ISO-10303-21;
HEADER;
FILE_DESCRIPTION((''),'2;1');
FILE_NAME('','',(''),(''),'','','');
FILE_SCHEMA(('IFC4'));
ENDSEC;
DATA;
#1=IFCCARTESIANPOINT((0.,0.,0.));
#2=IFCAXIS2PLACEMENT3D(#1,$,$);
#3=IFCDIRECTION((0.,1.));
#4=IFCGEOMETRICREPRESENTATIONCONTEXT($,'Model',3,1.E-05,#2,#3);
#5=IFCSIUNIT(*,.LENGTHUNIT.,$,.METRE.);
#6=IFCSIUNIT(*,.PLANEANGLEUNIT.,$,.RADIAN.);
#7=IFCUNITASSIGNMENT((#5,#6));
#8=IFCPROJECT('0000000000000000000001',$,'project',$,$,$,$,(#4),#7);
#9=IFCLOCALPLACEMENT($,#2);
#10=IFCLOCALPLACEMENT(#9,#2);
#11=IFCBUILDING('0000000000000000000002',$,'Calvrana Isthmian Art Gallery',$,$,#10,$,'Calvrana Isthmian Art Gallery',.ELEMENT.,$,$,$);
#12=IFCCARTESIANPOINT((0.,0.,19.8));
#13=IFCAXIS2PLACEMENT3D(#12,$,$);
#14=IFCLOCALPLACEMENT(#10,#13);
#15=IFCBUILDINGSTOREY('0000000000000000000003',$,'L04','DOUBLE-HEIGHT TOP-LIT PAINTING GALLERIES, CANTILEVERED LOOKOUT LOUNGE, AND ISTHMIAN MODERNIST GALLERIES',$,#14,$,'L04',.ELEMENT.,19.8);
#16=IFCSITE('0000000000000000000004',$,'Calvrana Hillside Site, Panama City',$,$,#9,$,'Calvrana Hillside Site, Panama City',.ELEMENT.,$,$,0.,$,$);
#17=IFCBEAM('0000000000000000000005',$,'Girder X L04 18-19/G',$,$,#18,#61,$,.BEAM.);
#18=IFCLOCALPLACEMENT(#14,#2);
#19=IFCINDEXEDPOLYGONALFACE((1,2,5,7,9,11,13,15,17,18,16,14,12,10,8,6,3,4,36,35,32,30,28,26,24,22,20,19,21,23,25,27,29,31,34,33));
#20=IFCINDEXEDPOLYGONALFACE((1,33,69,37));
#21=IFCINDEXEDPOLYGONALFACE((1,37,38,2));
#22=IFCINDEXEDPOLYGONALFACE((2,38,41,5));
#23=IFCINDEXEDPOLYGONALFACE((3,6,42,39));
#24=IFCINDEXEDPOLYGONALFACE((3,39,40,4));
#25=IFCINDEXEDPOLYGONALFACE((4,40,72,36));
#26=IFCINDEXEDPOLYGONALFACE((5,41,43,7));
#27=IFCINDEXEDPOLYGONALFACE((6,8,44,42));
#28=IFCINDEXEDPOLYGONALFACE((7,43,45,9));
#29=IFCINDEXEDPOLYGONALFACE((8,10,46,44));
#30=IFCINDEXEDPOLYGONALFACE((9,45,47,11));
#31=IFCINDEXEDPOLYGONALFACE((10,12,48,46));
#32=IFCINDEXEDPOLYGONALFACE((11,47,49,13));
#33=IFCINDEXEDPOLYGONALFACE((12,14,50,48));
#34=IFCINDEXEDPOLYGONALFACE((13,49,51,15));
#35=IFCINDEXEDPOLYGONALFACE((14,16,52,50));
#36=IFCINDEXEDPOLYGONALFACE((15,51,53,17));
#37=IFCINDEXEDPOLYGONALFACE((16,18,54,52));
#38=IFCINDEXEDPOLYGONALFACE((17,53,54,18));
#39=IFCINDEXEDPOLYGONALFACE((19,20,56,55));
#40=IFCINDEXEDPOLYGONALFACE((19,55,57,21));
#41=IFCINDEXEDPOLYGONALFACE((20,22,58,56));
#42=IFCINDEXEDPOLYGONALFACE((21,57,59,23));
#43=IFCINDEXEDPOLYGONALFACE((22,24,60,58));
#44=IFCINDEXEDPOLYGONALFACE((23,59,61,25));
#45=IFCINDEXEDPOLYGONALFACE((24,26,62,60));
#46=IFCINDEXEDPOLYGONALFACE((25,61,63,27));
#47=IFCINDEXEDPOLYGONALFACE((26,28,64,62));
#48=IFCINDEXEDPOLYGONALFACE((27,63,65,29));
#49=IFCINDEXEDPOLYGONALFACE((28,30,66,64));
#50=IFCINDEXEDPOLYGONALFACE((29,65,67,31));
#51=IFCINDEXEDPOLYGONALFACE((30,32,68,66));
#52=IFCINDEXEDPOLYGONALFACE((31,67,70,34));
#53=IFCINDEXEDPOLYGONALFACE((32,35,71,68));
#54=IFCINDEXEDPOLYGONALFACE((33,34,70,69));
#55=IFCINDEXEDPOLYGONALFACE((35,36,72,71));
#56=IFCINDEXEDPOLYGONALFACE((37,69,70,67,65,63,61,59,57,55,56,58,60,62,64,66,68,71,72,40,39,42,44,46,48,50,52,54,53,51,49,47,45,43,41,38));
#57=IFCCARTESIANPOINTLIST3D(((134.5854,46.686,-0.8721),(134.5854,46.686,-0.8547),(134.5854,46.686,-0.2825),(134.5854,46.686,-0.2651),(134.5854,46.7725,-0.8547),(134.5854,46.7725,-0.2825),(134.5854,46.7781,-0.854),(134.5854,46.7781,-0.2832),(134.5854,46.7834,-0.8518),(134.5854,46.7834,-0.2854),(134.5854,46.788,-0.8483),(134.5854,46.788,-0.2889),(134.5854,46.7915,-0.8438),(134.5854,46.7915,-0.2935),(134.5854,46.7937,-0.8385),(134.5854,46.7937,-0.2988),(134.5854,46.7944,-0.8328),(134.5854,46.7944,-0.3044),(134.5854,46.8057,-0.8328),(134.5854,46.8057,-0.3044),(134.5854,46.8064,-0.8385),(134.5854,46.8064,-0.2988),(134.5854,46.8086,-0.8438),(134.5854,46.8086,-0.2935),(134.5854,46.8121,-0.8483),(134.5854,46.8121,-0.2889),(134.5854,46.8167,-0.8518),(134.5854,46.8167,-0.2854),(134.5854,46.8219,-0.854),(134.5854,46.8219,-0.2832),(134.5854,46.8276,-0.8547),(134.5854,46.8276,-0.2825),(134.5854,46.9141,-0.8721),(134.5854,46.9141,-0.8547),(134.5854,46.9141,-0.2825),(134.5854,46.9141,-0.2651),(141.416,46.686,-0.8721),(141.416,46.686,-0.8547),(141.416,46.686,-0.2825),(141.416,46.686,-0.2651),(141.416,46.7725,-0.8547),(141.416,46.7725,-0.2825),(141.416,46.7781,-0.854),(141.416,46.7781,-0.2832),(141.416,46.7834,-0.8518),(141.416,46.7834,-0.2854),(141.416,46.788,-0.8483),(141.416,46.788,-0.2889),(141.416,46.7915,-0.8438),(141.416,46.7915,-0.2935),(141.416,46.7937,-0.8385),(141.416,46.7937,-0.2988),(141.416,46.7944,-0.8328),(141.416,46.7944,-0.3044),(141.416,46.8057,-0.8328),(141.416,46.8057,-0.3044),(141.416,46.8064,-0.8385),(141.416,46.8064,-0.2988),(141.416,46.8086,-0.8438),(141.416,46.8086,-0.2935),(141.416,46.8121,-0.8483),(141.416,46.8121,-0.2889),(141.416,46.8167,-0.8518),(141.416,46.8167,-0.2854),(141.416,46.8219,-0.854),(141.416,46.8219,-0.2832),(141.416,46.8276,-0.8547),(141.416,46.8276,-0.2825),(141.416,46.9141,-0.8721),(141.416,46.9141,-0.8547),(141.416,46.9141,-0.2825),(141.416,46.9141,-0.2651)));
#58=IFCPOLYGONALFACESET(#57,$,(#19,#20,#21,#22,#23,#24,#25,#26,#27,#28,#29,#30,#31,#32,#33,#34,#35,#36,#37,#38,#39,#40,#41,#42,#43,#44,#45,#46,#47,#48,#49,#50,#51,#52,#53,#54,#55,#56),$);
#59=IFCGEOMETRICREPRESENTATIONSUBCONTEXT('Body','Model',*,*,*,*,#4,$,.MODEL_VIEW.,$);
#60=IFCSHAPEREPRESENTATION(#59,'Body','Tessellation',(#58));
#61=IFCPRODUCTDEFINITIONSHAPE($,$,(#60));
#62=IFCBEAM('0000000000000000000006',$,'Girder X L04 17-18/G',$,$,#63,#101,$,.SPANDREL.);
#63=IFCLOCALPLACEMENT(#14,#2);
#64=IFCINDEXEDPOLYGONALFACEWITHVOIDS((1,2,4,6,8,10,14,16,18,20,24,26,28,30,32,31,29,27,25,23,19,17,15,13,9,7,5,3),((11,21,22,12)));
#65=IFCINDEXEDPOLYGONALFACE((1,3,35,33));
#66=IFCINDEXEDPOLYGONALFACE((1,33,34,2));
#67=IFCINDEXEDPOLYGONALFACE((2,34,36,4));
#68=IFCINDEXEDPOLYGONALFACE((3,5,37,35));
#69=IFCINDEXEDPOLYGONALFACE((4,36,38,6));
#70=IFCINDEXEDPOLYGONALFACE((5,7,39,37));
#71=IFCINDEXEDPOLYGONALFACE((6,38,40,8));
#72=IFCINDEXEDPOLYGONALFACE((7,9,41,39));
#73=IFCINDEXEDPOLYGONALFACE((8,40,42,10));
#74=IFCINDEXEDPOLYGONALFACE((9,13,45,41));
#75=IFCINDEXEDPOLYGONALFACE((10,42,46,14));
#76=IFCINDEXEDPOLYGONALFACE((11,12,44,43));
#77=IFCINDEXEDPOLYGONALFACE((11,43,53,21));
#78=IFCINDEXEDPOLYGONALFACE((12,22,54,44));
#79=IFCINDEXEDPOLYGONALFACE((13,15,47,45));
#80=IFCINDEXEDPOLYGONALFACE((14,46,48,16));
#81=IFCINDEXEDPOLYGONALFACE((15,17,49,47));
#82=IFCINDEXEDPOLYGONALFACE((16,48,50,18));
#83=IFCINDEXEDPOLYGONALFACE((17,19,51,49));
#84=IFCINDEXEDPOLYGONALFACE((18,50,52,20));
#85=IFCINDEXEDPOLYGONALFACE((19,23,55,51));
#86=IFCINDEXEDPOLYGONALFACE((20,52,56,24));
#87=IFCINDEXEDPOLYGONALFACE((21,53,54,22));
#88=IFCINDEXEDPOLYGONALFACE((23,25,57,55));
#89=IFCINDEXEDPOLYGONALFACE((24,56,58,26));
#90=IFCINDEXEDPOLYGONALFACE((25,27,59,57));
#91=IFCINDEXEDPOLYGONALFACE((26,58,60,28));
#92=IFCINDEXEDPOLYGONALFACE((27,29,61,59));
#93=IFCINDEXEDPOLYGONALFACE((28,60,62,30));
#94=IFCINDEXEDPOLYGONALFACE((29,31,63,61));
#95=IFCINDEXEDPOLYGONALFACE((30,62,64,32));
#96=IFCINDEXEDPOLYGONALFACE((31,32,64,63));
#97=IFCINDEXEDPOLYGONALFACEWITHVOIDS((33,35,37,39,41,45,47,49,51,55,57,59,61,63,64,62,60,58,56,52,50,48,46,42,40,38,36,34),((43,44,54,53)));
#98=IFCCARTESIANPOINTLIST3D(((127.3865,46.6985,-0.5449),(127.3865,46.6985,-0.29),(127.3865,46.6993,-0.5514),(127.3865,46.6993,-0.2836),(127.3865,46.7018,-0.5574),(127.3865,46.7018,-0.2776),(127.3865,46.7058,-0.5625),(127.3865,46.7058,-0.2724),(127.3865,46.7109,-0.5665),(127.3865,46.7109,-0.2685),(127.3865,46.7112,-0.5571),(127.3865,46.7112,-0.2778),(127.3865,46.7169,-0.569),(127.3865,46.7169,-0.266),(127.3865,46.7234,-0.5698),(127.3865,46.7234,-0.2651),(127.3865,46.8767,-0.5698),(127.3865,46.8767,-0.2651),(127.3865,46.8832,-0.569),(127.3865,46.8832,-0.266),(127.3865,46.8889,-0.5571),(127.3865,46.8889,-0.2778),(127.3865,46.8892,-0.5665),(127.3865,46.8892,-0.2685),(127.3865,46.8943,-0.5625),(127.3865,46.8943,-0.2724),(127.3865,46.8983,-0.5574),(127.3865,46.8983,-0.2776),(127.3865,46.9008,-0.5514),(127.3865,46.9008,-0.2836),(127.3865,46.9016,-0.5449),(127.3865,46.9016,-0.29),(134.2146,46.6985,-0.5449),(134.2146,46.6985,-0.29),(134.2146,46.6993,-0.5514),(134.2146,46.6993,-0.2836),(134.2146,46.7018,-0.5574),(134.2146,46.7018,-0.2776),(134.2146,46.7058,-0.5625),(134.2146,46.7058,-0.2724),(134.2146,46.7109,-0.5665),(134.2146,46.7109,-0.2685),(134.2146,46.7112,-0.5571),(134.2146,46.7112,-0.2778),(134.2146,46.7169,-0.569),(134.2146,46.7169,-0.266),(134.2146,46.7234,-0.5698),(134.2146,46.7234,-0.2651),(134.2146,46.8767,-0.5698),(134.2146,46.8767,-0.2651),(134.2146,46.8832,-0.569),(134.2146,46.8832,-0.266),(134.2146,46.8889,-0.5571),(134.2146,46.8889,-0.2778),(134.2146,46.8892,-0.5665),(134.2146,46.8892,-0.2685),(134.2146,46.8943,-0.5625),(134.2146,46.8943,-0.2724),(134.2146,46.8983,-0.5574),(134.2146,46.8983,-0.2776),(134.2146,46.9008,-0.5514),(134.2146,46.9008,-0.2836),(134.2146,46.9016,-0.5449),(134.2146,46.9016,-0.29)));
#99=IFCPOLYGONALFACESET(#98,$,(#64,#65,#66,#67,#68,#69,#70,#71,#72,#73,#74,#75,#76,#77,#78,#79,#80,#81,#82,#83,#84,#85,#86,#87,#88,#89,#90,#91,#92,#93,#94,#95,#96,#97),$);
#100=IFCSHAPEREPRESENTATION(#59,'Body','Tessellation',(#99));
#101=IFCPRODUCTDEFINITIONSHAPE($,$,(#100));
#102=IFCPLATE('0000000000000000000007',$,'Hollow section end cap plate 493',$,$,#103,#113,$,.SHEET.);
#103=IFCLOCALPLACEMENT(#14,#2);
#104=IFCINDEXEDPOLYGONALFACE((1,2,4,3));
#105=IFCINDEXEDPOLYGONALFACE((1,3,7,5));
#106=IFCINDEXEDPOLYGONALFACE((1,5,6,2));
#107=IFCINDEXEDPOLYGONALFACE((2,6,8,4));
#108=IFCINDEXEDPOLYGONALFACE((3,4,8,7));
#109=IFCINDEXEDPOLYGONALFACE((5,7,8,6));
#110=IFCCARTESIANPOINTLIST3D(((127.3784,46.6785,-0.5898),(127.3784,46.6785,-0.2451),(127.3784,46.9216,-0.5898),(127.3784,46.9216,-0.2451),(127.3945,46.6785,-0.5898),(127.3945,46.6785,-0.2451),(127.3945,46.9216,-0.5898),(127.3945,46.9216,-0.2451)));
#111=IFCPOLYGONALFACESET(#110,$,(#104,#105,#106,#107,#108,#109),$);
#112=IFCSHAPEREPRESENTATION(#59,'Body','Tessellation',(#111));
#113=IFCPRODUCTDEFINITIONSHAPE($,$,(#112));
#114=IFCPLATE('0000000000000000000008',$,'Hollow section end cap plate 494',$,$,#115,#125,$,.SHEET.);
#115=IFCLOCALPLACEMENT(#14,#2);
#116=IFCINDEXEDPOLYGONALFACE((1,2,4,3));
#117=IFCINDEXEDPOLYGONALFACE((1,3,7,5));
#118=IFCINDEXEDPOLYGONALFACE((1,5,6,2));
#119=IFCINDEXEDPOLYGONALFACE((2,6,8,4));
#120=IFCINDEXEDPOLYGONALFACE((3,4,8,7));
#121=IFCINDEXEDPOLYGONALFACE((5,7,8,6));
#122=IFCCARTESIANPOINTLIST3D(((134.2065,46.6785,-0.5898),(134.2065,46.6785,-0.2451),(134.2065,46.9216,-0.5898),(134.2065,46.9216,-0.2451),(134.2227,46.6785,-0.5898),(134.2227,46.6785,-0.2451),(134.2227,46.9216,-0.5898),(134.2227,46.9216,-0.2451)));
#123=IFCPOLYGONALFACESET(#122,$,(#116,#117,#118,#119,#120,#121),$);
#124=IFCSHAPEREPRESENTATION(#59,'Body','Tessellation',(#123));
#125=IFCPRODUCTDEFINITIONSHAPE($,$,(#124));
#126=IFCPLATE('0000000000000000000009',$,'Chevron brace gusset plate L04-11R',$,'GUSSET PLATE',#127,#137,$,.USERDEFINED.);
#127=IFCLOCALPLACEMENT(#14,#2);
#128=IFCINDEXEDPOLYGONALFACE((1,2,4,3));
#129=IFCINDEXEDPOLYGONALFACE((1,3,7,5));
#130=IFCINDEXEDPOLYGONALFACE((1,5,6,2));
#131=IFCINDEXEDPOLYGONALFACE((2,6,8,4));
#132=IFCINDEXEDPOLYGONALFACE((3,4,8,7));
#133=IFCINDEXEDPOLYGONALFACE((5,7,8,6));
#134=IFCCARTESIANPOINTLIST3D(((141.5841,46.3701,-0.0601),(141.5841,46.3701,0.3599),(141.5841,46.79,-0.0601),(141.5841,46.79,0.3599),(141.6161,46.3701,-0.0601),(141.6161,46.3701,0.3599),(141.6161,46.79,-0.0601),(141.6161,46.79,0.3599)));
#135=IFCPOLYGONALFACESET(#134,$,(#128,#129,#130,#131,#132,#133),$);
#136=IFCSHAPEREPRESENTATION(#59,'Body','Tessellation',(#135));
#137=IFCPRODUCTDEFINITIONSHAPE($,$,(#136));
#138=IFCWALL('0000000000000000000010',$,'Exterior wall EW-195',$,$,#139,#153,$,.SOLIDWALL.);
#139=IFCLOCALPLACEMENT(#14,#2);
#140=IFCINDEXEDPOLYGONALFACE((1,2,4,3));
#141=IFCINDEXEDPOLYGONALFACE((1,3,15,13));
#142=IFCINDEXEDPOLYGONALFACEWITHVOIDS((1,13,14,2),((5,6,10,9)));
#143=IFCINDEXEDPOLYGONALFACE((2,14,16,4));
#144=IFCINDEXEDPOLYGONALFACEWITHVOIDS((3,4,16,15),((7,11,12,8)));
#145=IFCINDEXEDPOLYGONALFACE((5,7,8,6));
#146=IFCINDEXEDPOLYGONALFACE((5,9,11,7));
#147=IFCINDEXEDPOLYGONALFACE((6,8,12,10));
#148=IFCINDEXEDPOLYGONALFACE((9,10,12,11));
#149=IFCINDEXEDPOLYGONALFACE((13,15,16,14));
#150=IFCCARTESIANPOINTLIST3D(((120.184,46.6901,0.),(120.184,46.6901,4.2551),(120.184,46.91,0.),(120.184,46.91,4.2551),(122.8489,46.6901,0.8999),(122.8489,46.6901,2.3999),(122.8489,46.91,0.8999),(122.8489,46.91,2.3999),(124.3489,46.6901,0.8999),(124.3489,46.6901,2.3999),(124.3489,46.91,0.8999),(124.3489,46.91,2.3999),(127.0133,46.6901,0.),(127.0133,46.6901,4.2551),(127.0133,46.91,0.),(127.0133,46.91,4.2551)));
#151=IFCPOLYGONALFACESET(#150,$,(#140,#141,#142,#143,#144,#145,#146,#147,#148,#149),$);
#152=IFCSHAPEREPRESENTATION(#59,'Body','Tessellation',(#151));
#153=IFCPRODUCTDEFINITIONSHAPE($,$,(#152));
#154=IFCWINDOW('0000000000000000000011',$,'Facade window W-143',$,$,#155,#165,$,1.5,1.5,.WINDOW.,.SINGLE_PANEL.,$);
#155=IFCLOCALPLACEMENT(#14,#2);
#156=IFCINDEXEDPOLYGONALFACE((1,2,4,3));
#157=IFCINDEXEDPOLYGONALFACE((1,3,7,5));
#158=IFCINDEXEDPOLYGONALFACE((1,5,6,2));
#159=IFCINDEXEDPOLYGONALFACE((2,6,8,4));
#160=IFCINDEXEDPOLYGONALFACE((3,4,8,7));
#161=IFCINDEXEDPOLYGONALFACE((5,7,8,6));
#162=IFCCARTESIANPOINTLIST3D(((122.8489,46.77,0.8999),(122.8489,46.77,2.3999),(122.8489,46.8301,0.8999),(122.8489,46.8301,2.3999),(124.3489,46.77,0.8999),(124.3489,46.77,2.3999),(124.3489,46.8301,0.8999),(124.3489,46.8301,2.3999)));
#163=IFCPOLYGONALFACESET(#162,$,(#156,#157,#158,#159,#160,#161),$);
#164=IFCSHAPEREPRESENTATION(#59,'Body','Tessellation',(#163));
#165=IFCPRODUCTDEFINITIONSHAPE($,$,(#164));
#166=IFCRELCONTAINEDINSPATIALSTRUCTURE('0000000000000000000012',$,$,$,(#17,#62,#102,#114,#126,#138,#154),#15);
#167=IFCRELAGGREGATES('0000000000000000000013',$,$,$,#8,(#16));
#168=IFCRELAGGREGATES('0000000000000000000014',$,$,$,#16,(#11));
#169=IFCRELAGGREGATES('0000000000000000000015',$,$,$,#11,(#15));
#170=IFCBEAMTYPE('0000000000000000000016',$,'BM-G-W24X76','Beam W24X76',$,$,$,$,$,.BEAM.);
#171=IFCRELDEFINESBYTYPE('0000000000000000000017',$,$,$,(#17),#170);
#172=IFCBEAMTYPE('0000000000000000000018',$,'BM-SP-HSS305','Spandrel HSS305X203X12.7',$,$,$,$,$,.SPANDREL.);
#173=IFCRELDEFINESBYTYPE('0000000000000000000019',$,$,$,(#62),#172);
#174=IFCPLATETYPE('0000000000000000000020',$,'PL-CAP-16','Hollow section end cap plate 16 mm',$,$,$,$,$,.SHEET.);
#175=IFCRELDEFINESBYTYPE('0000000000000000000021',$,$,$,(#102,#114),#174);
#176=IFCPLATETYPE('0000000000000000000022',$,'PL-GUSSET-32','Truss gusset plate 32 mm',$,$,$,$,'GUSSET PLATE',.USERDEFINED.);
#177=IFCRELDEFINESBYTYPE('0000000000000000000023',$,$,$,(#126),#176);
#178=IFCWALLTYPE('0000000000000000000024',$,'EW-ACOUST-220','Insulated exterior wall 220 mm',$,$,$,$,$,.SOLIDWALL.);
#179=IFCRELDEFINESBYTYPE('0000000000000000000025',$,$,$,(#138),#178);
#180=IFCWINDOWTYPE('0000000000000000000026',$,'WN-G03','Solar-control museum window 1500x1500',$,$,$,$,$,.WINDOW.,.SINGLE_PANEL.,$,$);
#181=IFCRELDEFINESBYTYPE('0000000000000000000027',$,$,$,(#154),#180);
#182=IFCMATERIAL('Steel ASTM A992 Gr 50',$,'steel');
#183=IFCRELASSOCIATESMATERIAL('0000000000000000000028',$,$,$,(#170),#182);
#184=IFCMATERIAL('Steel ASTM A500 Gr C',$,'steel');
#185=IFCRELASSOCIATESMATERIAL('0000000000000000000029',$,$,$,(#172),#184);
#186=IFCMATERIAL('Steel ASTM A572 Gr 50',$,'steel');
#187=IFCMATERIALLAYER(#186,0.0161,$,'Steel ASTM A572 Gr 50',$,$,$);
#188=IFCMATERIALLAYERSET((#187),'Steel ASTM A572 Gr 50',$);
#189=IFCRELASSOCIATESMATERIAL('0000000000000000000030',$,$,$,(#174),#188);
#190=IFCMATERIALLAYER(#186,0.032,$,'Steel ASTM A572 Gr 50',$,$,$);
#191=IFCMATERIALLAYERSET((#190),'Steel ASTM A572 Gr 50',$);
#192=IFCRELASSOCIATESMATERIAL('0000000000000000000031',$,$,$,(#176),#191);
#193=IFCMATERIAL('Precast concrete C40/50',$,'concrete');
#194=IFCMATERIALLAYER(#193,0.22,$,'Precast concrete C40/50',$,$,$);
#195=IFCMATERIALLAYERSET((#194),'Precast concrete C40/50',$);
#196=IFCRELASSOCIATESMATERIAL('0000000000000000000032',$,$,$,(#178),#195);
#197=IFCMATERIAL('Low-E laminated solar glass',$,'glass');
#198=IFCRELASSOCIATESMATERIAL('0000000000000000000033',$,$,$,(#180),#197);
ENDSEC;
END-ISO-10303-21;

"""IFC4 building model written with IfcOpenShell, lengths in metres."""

from ifc_helpers import new_model, si_unit, direction, frame, frame_2d, origin, origin_2d, place, context, subcontext, project, spatial, rectangle, hollow_rectangle, i_section, extrude, material, layer, layer_set, material_profile, profile_set, type_object, element, fill, save


model = new_model("IFC4")

# Units and contexts
model_context = context("Model", 3, precision=1e-05, world=origin(), true_north=direction((0.0, 1.0)))
body_context = subcontext(model_context, "Body", "Model", "MODEL_VIEW")
ifc_project = project(units=[si_unit("LENGTHUNIT", "METRE"), si_unit("PLANEANGLEUNIT", "RADIAN")], contexts=[model_context])

# Site, building, storey
site_placement = place(None, origin())
site = spatial("IfcSite", under=ifc_project, at=site_placement, Name="Calvrana Hillside Site, Panama City", LongName="Calvrana Hillside Site, Panama City", CompositionType="ELEMENT", RefElevation=0.0)
building_placement = place(site_placement, origin())
building = spatial("IfcBuilding", under=site, at=building_placement, Name="Calvrana Isthmian Art Gallery", LongName="Calvrana Isthmian Art Gallery", CompositionType="ELEMENT")
storey_placement = place(building_placement, frame((0.0, 0.0, 19.8)))
storey = spatial("IfcBuildingStorey", under=building, at=storey_placement, Name="L04", Description="DOUBLE-HEIGHT TOP-LIT PAINTING GALLERIES, CANTILEVERED LOOKOUT LOUNGE, AND ISTHMIAN MODERNIST GALLERIES", LongName="L04", CompositionType="ELEMENT", Elevation=19.8)

# Shared definitions
ifc_material_1 = material(Name="Steel ASTM A992 Gr 50", Category="steel")

# Beams
ifc_material_profile_1 = material_profile(ifc_material_1, i_section(OverallWidth=0.228, OverallDepth=0.6069, WebThickness=0.0112, FlangeThickness=0.0173, FilletRadius=0.022, at=origin_2d()), Name="W24X76")
ifc_profile_set_1 = profile_set([ifc_material_profile_1], Name="Steel ASTM A992 Gr 50")
beam_type_1 = type_object("IfcBeamType", Name="BM-G-W24X76", Description="Beam W24X76", PredefinedType="BEAM", material=ifc_profile_set_1)
beam_1_placement = place(storey_placement, frame((134.5854, 46.8, -0.5686), z_axis=(1.0, 0.0, 0.0), x_axis=(0.0, 1.0, 0.0)))
element("IfcBeam", 1, at=beam_1_placement, inside=storey, type_object=beam_type_1, Name="Girder X L04 18-19/G", PredefinedType="BEAM", context=body_context, shape_type="SweptSolid", body=[
    extrude(i_section(OverallWidth=0.228, OverallDepth=0.6069, WebThickness=0.0112, FlangeThickness=0.0173, FilletRadius=0.022, at=origin_2d()), origin(), (0.0, 0.0, 1.0), 6.8306),
])
ifc_material_2 = material(Name="Steel ASTM A500 Gr C", Category="steel")
ifc_material_profile_2 = material_profile(ifc_material_2, hollow_rectangle(XDim=0.2031, YDim=0.3047, WallThickness=0.0127, OuterFilletRadius=0.0249, at=origin_2d()), Name="HSS305X203X12.7")
ifc_profile_set_2 = profile_set([ifc_material_profile_2], Name="Steel ASTM A500 Gr C")
beam_type_2 = type_object("IfcBeamType", Name="BM-SP-HSS305", Description="Spandrel HSS305X203X12.7", PredefinedType="SPANDREL", material=ifc_profile_set_2)
beam_2_placement = place(storey_placement, frame((127.3865, 46.8, -0.4175), z_axis=(1.0, 0.0, 0.0), x_axis=(0.0, 1.0, 0.0)))
element("IfcBeam", 2, at=beam_2_placement, inside=storey, type_object=beam_type_2, Name="Girder X L04 17-18/G", PredefinedType="SPANDREL", context=body_context, shape_type="SweptSolid", body=[
    extrude(hollow_rectangle(XDim=0.2031, YDim=0.3047, WallThickness=0.0127, OuterFilletRadius=0.0249, at=origin_2d()), origin(), (0.0, 0.0, 1.0), 6.8281),
])

# Plates
ifc_material_3 = material(Name="Steel ASTM A572 Gr 50", Category="steel")
ifc_layer_1 = layer(ifc_material_3, 0.0161, Name="Steel ASTM A572 Gr 50")
ifc_layer_set_1 = layer_set([ifc_layer_1], Name="Steel ASTM A572 Gr 50")
plate_type_1 = type_object("IfcPlateType", Name="PL-CAP-16", Description="Hollow section end cap plate 16 mm", PredefinedType="SHEET", material=ifc_layer_set_1)
for number, where, z_axis, x_axis, name in (
    (3, (127.3865, 46.8, -0.5898), (0.0, 0.0, 1.0), (1.0, 0.0, 0.0), "Hollow section end cap plate 493"),
    (4, (134.2146, 46.8, -0.5898), (0.0, 0.0, 1.0), (1.0, 0.0, 0.0), "Hollow section end cap plate 494"),
):
    element("IfcPlate", number, at=place(storey_placement, frame(where, z_axis=z_axis, x_axis=x_axis)), inside=storey, type_object=plate_type_1, Name=name, PredefinedType="SHEET", context=body_context, shape_type="SweptSolid", body=[
        extrude(rectangle(XDim=0.0161, YDim=0.2432, at=origin_2d()), origin(), (0.0, 0.0, 1.0), 0.3447),
    ])
ifc_layer_2 = layer(ifc_material_3, 0.032, Name="Steel ASTM A572 Gr 50")
ifc_layer_set_2 = layer_set([ifc_layer_2], Name="Steel ASTM A572 Gr 50")
plate_type_2 = type_object("IfcPlateType", Name="PL-GUSSET-32", Description="Truss gusset plate 32 mm", ElementType="GUSSET PLATE", PredefinedType="USERDEFINED", material=ifc_layer_set_2)
plate_placement = place(storey_placement, frame((141.6001, 46.5801, -0.0601), z_axis=(0.0, 0.0, 1.0), x_axis=(1.0, 0.0, 0.0)))
element("IfcPlate", 5, at=plate_placement, inside=storey, type_object=plate_type_2, Name="Chevron brace gusset plate L04-11R", ObjectType="GUSSET PLATE", PredefinedType="USERDEFINED", context=body_context, shape_type="SweptSolid", body=[
    extrude(rectangle(XDim=0.032, YDim=0.4199, at=origin_2d()), origin(), (0.0, 0.0, 1.0), 0.4199),
])

# Wall, opening, window
ifc_material_4 = material(Name="Precast concrete C40/50", Category="concrete")
ifc_layer_3 = layer(ifc_material_4, 0.22, Name="Precast concrete C40/50")
ifc_layer_set_3 = layer_set([ifc_layer_3], Name="Precast concrete C40/50")
wall_type_1 = type_object("IfcWallType", Name="EW-ACOUST-220", Description="Insulated exterior wall 220 mm", PredefinedType="SOLIDWALL", material=ifc_layer_set_3)
wall_1_placement = place(storey_placement, frame((120.1841, 46.8, 0.0), z_axis=(0.0, 0.0, 1.0), x_axis=(1.0, 0.0, 0.0)))
wall_1 = element("IfcWall", 6, at=wall_1_placement, inside=storey, type_object=wall_type_1, Name="Exterior wall EW-195", PredefinedType="SOLIDWALL", context=body_context, shape_type="SweptSolid", body=[
    extrude(rectangle(XDim=6.8293, YDim=0.22, at=frame_2d((3.4146, 0.0))), origin(), (0.0, 0.0, 1.0), 4.2551),
])
opening_1_placement = place(wall_1_placement, frame((2.6648, 0.0, 0.8999)))
opening_1 = element("IfcOpeningElement", 7, at=opening_1_placement, cuts=wall_1, PredefinedType="OPENING", context=body_context, shape_type="SweptSolid", body=[
    extrude(rectangle(XDim=1.5, YDim=1.5, at=frame_2d((0.75, 0.75))), frame((0.0, 0.1201, 0.0), z_axis=(0.0, -1.0, 0.0), x_axis=(1.0, 0.0, 0.0)), (0.0, 0.0, 1.0), 0.2405),
])
ifc_material_5 = material(Name="Low-E laminated solar glass", Category="glass")
window_type_1 = type_object("IfcWindowType", Name="WN-G03", Description="Solar-control museum window 1500x1500", PartitioningType="SINGLE_PANEL", PredefinedType="WINDOW", material=ifc_material_5)
window_1_placement = place(opening_1_placement, origin())
window_1 = element("IfcWindow", 8, at=window_1_placement, inside=storey, type_object=window_type_1, Name="Facade window W-143", OverallHeight=1.5, OverallWidth=1.5, PartitioningType="SINGLE_PANEL", PredefinedType="WINDOW", context=body_context, shape_type="SweptSolid", body=[
    extrude(rectangle(XDim=1.5, YDim=1.5, at=frame_2d((0.75, 0.75))), frame((0.0, 0.03, 0.0), z_axis=(0.0, -1.0, 0.0), x_axis=(1.0, 0.0, 0.0)), (0.0, 0.0, 1.0), 0.0601),
])
fill(opening_1, window_1)

save(model, "model.ifc")
